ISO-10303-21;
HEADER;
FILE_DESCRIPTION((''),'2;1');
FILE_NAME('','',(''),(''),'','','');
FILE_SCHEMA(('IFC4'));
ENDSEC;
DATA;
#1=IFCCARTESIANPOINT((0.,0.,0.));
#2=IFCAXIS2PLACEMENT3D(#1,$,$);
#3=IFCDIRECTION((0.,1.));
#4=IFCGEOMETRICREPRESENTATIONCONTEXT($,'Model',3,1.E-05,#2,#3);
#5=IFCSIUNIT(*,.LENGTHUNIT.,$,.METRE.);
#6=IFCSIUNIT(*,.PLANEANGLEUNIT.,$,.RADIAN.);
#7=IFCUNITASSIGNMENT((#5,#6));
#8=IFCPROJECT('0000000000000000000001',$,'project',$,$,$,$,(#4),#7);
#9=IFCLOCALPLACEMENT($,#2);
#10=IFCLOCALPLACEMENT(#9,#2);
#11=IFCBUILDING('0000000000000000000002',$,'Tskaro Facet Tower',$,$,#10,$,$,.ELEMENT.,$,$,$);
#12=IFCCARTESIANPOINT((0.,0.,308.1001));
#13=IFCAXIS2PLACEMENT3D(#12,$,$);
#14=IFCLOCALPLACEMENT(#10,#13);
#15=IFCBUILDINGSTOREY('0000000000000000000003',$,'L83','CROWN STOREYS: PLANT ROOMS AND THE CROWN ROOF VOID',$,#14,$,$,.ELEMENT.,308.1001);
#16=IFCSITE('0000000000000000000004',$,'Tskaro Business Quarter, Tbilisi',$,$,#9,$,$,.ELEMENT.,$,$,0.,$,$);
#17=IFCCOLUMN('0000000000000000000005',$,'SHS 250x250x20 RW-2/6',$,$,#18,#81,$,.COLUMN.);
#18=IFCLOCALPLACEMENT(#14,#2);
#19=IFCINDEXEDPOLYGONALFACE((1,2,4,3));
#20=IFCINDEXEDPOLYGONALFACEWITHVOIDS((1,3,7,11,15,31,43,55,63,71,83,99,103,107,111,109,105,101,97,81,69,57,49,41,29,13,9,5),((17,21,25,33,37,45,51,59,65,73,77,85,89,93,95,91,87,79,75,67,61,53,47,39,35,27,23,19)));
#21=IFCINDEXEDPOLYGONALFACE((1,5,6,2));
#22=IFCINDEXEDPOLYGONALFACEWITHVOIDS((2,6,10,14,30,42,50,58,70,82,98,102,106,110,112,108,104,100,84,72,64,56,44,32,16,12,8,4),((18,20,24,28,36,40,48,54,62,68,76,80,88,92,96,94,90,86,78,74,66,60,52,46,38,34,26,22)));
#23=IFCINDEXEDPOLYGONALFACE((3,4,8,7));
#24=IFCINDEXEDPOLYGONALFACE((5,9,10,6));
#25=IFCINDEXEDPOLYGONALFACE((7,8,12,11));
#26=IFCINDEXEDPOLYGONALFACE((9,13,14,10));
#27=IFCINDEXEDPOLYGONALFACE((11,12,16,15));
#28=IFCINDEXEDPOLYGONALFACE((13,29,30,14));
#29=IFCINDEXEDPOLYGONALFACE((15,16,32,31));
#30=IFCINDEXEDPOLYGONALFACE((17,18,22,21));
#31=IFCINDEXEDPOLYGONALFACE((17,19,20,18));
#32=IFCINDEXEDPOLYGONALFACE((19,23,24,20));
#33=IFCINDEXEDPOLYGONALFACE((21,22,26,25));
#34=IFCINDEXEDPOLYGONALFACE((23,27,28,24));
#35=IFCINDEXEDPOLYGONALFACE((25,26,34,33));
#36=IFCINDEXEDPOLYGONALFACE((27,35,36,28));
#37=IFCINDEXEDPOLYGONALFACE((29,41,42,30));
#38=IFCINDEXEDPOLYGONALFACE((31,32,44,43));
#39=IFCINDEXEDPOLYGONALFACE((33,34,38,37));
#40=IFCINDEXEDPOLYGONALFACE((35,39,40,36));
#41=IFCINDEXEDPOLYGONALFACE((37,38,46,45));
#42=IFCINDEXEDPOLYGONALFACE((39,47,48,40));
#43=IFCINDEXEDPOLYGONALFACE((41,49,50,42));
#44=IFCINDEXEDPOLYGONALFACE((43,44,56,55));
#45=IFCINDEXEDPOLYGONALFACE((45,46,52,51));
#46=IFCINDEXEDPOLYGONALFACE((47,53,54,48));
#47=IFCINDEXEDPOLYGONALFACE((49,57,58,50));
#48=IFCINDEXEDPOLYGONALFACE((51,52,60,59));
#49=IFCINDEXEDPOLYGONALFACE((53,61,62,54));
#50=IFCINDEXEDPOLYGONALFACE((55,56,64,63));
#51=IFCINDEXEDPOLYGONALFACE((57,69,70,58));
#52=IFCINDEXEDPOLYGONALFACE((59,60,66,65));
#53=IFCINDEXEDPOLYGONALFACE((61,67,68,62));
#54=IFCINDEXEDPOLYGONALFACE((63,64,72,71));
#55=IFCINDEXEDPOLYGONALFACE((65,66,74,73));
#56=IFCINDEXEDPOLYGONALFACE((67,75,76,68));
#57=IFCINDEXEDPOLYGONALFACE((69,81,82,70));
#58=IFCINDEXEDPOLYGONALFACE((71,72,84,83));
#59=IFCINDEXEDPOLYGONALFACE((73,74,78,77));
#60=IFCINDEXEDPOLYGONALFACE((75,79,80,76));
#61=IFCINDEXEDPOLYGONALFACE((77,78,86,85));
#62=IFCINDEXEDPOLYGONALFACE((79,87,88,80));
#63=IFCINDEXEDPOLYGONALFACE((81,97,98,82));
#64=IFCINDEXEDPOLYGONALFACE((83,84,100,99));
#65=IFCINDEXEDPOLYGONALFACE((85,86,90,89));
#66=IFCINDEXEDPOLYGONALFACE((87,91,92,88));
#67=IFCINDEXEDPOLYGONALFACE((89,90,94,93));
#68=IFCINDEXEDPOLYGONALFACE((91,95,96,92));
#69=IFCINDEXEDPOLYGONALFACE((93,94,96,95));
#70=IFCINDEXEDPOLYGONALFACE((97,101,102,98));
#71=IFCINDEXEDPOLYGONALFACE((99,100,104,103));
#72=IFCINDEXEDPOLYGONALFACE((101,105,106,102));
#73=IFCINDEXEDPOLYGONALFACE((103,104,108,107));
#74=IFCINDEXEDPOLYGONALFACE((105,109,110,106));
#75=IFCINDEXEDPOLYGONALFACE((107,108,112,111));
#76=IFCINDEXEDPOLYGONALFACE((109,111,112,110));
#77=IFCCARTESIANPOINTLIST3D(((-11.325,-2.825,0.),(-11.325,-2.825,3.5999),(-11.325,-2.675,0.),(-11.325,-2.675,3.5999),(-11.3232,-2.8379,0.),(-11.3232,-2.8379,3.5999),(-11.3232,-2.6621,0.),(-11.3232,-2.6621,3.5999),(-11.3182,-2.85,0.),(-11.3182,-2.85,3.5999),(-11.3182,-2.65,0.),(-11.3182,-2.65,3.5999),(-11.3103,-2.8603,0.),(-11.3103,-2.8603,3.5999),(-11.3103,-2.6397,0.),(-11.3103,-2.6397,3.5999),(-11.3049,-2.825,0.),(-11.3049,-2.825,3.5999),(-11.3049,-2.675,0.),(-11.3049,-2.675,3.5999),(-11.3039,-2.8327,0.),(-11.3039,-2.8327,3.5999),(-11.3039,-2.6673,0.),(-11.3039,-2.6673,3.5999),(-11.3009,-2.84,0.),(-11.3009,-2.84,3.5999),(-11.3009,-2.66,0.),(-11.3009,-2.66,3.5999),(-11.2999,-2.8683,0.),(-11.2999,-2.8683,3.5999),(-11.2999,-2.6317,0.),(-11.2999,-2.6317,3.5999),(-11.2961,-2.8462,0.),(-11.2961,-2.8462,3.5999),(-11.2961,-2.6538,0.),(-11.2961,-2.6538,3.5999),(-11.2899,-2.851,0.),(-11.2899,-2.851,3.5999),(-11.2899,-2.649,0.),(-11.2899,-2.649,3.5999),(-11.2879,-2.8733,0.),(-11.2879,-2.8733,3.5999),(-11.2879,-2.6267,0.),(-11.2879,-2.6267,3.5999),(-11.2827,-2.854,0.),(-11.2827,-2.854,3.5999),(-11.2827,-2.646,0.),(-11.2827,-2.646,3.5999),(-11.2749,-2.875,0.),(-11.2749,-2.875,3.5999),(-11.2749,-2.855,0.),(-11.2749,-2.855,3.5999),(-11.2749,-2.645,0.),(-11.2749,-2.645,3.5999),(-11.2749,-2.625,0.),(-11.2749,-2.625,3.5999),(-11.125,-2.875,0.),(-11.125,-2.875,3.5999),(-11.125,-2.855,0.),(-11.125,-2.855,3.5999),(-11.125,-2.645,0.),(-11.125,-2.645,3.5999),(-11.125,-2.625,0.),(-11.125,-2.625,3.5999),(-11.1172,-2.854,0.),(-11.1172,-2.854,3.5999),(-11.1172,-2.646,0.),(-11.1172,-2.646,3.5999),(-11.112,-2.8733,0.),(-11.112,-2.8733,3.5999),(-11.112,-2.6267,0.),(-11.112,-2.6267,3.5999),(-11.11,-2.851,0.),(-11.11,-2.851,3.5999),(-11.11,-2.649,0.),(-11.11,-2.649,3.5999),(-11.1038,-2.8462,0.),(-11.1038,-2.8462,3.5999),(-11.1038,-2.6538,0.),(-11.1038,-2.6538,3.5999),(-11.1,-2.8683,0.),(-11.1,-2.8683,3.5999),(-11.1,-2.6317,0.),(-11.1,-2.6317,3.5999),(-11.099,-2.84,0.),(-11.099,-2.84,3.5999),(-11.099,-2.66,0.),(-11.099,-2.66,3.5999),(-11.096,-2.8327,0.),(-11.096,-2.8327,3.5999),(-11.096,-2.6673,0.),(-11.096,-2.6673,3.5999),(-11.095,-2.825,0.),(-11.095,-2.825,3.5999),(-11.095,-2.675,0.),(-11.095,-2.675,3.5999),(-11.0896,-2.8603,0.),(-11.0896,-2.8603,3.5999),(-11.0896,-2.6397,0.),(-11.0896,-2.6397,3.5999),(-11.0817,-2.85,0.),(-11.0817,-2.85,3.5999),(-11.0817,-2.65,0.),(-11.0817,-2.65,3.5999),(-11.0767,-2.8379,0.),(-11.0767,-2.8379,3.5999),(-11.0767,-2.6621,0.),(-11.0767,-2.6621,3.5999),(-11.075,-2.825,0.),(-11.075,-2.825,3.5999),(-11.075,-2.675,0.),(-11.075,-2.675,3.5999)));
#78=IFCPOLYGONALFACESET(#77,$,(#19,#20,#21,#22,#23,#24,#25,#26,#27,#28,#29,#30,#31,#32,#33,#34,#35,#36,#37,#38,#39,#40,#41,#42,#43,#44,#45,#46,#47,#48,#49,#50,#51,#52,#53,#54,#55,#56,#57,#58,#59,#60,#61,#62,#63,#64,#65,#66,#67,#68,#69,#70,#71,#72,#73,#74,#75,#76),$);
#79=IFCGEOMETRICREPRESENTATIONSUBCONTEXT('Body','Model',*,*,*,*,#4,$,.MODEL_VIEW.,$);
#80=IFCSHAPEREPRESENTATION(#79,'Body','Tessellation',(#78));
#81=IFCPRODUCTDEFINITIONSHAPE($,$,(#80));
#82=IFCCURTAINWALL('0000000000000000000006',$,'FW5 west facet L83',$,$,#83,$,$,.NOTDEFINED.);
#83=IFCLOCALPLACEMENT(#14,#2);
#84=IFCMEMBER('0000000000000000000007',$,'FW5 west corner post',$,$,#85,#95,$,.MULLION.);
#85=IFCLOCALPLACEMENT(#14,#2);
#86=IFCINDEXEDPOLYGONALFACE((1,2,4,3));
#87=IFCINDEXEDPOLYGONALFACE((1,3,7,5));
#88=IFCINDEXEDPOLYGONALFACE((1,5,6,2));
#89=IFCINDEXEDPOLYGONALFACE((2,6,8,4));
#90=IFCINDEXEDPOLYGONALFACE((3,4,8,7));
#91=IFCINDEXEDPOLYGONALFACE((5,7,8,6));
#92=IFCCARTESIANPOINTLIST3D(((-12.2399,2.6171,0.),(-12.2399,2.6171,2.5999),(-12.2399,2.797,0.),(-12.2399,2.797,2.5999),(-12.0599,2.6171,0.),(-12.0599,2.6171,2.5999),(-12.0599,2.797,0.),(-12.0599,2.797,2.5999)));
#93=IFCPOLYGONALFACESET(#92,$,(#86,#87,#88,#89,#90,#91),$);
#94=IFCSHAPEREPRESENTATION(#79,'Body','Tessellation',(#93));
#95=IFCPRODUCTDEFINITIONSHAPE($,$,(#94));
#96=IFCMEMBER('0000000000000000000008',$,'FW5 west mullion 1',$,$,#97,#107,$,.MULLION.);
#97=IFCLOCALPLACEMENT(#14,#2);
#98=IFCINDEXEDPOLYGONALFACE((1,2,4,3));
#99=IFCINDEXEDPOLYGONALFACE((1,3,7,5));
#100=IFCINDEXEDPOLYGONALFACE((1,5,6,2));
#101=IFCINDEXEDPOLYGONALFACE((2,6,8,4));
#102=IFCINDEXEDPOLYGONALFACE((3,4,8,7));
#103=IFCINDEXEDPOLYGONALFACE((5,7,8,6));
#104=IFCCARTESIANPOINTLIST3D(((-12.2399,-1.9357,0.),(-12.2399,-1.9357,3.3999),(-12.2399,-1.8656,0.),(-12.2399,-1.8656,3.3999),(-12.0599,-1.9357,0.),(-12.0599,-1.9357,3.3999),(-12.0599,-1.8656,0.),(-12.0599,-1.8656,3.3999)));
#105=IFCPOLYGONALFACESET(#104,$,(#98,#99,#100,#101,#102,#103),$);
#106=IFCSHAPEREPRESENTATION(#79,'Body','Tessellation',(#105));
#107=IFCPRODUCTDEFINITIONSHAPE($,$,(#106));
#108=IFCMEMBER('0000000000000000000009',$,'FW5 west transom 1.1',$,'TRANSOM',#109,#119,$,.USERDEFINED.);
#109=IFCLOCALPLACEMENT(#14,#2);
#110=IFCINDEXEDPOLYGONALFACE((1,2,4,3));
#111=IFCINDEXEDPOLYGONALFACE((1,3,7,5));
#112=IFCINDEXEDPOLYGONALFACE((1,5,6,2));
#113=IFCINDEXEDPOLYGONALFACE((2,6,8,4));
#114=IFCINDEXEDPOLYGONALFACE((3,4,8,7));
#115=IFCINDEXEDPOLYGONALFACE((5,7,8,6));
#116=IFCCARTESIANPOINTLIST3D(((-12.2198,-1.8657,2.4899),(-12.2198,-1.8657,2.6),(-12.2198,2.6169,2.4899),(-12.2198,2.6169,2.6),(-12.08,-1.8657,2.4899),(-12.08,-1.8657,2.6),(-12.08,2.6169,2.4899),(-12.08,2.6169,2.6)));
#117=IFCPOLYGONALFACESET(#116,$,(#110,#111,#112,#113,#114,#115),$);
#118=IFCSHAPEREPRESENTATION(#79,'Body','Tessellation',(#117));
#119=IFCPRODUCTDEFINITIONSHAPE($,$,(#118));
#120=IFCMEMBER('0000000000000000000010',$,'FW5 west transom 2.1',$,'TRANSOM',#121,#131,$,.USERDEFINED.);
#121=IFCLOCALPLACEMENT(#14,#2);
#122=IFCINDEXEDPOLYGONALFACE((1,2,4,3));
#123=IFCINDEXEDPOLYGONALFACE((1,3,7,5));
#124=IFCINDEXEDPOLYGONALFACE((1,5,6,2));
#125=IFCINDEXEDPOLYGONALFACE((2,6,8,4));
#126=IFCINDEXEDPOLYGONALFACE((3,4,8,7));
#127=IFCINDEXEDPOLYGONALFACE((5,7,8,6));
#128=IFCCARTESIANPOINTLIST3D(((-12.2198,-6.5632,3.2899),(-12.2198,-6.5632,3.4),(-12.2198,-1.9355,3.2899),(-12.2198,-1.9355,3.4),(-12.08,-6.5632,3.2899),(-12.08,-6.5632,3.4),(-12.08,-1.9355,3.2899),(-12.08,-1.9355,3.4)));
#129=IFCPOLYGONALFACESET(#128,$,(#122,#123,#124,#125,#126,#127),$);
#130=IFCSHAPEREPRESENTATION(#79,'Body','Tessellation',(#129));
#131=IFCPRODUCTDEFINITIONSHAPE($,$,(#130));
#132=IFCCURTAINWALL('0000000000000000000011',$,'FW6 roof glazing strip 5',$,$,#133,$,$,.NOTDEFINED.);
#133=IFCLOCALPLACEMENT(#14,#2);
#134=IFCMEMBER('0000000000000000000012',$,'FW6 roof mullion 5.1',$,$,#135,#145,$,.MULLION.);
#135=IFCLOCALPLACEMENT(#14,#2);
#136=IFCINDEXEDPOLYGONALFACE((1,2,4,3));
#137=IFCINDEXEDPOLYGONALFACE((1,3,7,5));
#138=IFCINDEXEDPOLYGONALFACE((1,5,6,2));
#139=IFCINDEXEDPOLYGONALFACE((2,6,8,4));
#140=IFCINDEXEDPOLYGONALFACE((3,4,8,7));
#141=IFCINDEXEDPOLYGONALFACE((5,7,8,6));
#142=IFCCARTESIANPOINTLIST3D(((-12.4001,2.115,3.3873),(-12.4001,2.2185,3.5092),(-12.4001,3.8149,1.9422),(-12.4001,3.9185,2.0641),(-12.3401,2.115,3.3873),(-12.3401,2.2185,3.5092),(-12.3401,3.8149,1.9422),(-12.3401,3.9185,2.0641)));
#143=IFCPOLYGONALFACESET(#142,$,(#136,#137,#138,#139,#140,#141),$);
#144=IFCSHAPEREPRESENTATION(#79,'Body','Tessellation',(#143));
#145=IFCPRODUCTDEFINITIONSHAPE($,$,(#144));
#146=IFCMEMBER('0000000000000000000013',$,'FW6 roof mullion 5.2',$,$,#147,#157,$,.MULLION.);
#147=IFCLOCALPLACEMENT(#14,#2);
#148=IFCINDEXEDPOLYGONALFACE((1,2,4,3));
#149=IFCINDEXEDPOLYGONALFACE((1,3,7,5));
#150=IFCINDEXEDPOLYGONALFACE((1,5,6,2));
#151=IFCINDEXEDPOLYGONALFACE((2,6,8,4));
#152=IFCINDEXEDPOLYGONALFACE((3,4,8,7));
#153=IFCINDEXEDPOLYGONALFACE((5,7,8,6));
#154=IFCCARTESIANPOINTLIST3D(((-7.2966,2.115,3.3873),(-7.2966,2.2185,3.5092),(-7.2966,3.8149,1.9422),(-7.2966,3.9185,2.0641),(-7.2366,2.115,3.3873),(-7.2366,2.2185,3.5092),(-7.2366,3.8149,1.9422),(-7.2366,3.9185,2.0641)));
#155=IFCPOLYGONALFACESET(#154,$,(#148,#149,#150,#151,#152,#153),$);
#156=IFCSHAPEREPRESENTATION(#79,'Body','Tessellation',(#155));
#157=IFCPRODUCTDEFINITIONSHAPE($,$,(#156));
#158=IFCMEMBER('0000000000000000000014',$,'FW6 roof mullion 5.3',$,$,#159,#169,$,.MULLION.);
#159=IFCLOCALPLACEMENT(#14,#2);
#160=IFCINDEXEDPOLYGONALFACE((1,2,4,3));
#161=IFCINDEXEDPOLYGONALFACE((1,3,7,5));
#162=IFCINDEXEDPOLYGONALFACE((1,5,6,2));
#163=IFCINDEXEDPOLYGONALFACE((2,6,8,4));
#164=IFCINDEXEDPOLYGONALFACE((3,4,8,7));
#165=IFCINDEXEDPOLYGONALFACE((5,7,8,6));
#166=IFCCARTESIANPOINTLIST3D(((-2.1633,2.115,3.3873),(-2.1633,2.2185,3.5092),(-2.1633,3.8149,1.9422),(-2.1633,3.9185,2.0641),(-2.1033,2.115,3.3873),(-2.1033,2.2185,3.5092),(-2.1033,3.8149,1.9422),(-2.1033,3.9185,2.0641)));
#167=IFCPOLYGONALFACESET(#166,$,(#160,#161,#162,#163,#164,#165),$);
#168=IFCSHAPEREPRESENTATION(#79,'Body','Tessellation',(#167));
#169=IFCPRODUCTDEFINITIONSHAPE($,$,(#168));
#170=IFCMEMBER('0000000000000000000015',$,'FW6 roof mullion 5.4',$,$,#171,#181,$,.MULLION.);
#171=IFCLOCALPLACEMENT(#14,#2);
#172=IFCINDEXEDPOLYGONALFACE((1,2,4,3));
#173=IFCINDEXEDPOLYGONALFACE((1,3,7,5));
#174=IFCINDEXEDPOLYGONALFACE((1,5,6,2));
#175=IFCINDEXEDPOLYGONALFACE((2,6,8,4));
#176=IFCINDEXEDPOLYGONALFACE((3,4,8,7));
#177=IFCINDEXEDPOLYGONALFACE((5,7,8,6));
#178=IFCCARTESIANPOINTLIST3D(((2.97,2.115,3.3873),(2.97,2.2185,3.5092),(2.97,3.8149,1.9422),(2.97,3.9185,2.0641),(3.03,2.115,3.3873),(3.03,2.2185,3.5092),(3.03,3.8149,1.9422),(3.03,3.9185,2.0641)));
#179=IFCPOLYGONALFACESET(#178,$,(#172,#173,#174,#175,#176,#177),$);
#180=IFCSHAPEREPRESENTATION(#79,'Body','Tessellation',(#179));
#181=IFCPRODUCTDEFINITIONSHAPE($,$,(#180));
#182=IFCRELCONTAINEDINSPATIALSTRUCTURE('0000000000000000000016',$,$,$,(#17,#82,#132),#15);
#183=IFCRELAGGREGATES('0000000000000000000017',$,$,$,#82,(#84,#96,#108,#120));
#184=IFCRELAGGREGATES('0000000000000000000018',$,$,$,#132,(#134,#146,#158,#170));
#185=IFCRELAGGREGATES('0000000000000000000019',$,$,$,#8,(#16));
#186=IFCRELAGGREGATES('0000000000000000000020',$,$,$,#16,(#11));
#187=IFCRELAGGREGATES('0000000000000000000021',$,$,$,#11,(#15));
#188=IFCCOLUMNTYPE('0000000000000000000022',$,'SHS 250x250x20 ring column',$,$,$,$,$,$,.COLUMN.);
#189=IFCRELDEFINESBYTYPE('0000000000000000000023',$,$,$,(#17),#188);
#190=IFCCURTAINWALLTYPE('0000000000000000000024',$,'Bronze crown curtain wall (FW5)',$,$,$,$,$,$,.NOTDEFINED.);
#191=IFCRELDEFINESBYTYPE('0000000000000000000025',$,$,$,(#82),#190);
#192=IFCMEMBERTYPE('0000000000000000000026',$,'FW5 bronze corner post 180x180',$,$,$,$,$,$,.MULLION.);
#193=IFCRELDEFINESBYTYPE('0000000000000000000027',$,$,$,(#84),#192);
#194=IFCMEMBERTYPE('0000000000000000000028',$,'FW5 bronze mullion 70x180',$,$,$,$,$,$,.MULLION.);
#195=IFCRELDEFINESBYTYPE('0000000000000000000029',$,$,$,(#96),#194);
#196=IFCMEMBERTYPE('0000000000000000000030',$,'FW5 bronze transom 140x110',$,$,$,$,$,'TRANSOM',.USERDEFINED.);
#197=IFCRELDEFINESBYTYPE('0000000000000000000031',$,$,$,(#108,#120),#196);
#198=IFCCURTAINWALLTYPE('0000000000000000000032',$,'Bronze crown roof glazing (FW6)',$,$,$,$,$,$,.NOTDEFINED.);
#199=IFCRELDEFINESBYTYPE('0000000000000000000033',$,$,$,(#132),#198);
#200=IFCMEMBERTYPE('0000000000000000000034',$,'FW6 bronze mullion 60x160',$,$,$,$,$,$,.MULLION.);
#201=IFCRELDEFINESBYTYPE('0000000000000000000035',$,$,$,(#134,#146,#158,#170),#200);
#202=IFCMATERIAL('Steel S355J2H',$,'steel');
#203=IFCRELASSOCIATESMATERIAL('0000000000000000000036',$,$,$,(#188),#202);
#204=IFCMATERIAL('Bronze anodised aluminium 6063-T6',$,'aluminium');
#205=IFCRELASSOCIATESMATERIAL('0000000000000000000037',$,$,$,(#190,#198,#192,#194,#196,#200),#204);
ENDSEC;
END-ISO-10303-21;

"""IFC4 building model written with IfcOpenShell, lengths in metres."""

from ifc_helpers import new_model, si_unit, direction, frame, origin, origin_2d, place, context, subcontext, project, spatial, rectangle, hollow_rectangle, extrude, material, material_profile, profile_set, type_object, element, aggregate, save


model = new_model("IFC4")

# Units and contexts
model_context = context("Model", 3, precision=1e-05, world=origin(), true_north=direction((0.0, 1.0)))
body_context = subcontext(model_context, "Body", "Model", "MODEL_VIEW")
ifc_project = project(units=[si_unit("LENGTHUNIT", "METRE"), si_unit("PLANEANGLEUNIT", "RADIAN")], contexts=[model_context])

# Site, building, storey
site_placement = place(None, origin())
site = spatial("IfcSite", under=ifc_project, at=site_placement, Name="Tskaro Business Quarter, Tbilisi", CompositionType="ELEMENT", RefElevation=0.0)
building_placement = place(site_placement, origin())
building = spatial("IfcBuilding", under=site, at=building_placement, Name="Tskaro Facet Tower", CompositionType="ELEMENT")
storey_placement = place(building_placement, frame((0.0, 0.0, 308.1001)))
storey = spatial("IfcBuildingStorey", under=building, at=storey_placement, Name="L83", Description="CROWN STOREYS: PLANT ROOMS AND THE CROWN ROOF VOID", CompositionType="ELEMENT", Elevation=308.1001)

# Column
ifc_material_1 = material(Name="Steel S355J2H", Category="steel")
ifc_material_profile_1 = material_profile(ifc_material_1, hollow_rectangle(XDim=0.25, YDim=0.25, WallThickness=0.02, InnerFilletRadius=0.03, OuterFilletRadius=0.05, at=origin_2d()), Name="SHS 250x250x20")
ifc_profile_set_1 = profile_set([ifc_material_profile_1], Name="Steel S355J2H")
column_type = type_object("IfcColumnType", Name="SHS 250x250x20 ring column", PredefinedType="COLUMN", material=ifc_profile_set_1)
column_placement = place(storey_placement, frame((-11.2, -2.75, 0.0), z_axis=(0.0, 0.0, 1.0), x_axis=(1.0, 0.0, 0.0)))
element("IfcColumn", 1, at=column_placement, inside=storey, type_object=column_type, Name="SHS 250x250x20 RW-2/6", PredefinedType="COLUMN", context=body_context, shape_type="SweptSolid", body=[
    extrude(hollow_rectangle(XDim=0.25, YDim=0.25, WallThickness=0.02, InnerFilletRadius=0.03, OuterFilletRadius=0.05, at=origin_2d()), origin(), (0.0, 0.0, 1.0), 3.5999),
])

# Curtain walls, members
ifc_material_2 = material(Name="Bronze anodised aluminium 6063-T6", Category="aluminium")
curtain_wall_type_1 = type_object("IfcCurtainWallType", Name="Bronze crown curtain wall (FW5)", PredefinedType="NOTDEFINED", material=ifc_material_2)
curtain_wall_1_placement = place(storey_placement, origin())
curtain_wall_1 = element("IfcCurtainWall", 2, at=curtain_wall_1_placement, inside=storey, type_object=curtain_wall_type_1, Name="FW5 west facet L83", PredefinedType="NOTDEFINED")
ifc_material_profile_2 = material_profile(ifc_material_2, rectangle(XDim=0.1799, YDim=0.1799, at=origin_2d()), Name="Corner post 180x180")
ifc_profile_set_2 = profile_set([ifc_material_profile_2], Name="Bronze anodised aluminium 6063-T6")
member_type_1 = type_object("IfcMemberType", Name="FW5 bronze corner post 180x180", PredefinedType="MULLION", material=ifc_profile_set_2)
member_1_placement = place(storey_placement, frame((-12.1499, 2.707, 0.0), z_axis=(0.0, 0.0, 1.0), x_axis=(0.0, -1.0, 0.0)))
member_1 = element("IfcMember", 3, at=member_1_placement, type_object=member_type_1, Name="FW5 west corner post", PredefinedType="MULLION", context=body_context, shape_type="SweptSolid", body=[
    extrude(rectangle(XDim=0.1799, YDim=0.1799, at=origin_2d()), origin(), (0.0, 0.0, 1.0), 2.5999),
])
ifc_material_profile_3 = material_profile(ifc_material_2, rectangle(XDim=0.0701, YDim=0.1799, at=origin_2d()), Name="Mullion 70x180")
ifc_profile_set_3 = profile_set([ifc_material_profile_3], Name="Bronze anodised aluminium 6063-T6")
member_type_2 = type_object("IfcMemberType", Name="FW5 bronze mullion 70x180", PredefinedType="MULLION", material=ifc_profile_set_3)
member_2_placement = place(storey_placement, frame((-12.1499, -1.9006, 0.0), z_axis=(0.0, 0.0, 1.0), x_axis=(0.0, -1.0, 0.0)))
member_2 = element("IfcMember", 4, at=member_2_placement, type_object=member_type_2, Name="FW5 west mullion 1", PredefinedType="MULLION", context=body_context, shape_type="SweptSolid", body=[
    extrude(rectangle(XDim=0.0701, YDim=0.1799, at=origin_2d()), origin(), (0.0, 0.0, 1.0), 3.3999),
])
ifc_material_profile_4 = material_profile(ifc_material_2, rectangle(XDim=0.1399, YDim=0.1101, at=origin_2d()), Name="Transom 140x110")
ifc_profile_set_4 = profile_set([ifc_material_profile_4], Name="Bronze anodised aluminium 6063-T6")
member_type_3 = type_object("IfcMemberType", Name="FW5 bronze transom 140x110", ElementType="TRANSOM", PredefinedType="USERDEFINED", material=ifc_profile_set_4)
member_3_placement = place(storey_placement, frame((-12.1499, 2.6169, 2.5449), z_axis=(0.0, -1.0, 0.0), x_axis=(1.0, 0.0, 0.0)))
member_3 = element("IfcMember", 5, at=member_3_placement, type_object=member_type_3, Name="FW5 west transom 1.1", ObjectType="TRANSOM", PredefinedType="USERDEFINED", context=body_context, shape_type="SweptSolid", body=[
    extrude(rectangle(XDim=0.1399, YDim=0.1101, at=origin_2d()), origin(), (0.0, 0.0, 1.0), 4.4827),
])
member_4_placement = place(storey_placement, frame((-12.1499, -1.9355, 3.345), z_axis=(0.0, -1.0, 0.0), x_axis=(1.0, 0.0, 0.0)))
member_4 = element("IfcMember", 6, at=member_4_placement, type_object=member_type_3, Name="FW5 west transom 2.1", ObjectType="TRANSOM", PredefinedType="USERDEFINED", context=body_context, shape_type="SweptSolid", body=[
    extrude(rectangle(XDim=0.1399, YDim=0.1101, at=origin_2d()), origin(), (0.0, 0.0, 1.0), 4.6277),
])
curtain_wall_type_2 = type_object("IfcCurtainWallType", Name="Bronze crown roof glazing (FW6)", PredefinedType="NOTDEFINED", material=ifc_material_2)
curtain_wall_2_placement = place(storey_placement, origin())
curtain_wall_2 = element("IfcCurtainWall", 7, at=curtain_wall_2_placement, inside=storey, type_object=curtain_wall_type_2, Name="FW6 roof glazing strip 5", PredefinedType="NOTDEFINED")
ifc_material_profile_5 = material_profile(ifc_material_2, rectangle(XDim=0.0601, YDim=0.1599, at=origin_2d()), Name="Mullion 60x160")
ifc_profile_set_5 = profile_set([ifc_material_profile_5], Name="Bronze anodised aluminium 6063-T6")
member_type_4 = type_object("IfcMemberType", Name="FW6 bronze mullion 60x160", PredefinedType="MULLION", material=ifc_profile_set_5)
member_5_placement = place(storey_placement, frame((-12.3701, 2.1667, 3.4482), z_axis=(0.0, 0.761915, -0.647677), x_axis=(-1.0, 0.0, 0.0)))
member_5 = element("IfcMember", 8, at=member_5_placement, type_object=member_type_4, Name="FW6 roof mullion 5.1", PredefinedType="MULLION", context=body_context, shape_type="SweptSolid", body=[
    extrude(rectangle(XDim=0.0601, YDim=0.1599, at=origin_2d()), origin(), (0.0, 0.0, 1.0), 2.2312),
])
member_6_placement = place(storey_placement, frame((-7.2666, 2.1667, 3.4482), z_axis=(0.0, 0.761915, -0.647677), x_axis=(-1.0, 0.0, 0.0)))
member_6 = element("IfcMember", 9, at=member_6_placement, type_object=member_type_4, Name="FW6 roof mullion 5.2", PredefinedType="MULLION", context=body_context, shape_type="SweptSolid", body=[
    extrude(rectangle(XDim=0.0601, YDim=0.1599, at=origin_2d()), origin(), (0.0, 0.0, 1.0), 2.2312),
])
member_7_placement = place(storey_placement, frame((-2.1333, 2.1667, 3.4482), z_axis=(0.0, 0.761915, -0.647677), x_axis=(-1.0, 0.0, 0.0)))
member_7 = element("IfcMember", 10, at=member_7_placement, type_object=member_type_4, Name="FW6 roof mullion 5.3", PredefinedType="MULLION", context=body_context, shape_type="SweptSolid", body=[
    extrude(rectangle(XDim=0.0601, YDim=0.1599, at=origin_2d()), origin(), (0.0, 0.0, 1.0), 2.2312),
])
member_8_placement = place(storey_placement, frame((3.0, 2.1667, 3.4482), z_axis=(0.0, 0.761915, -0.647677), x_axis=(-1.0, 0.0, 0.0)))
member_8 = element("IfcMember", 11, at=member_8_placement, type_object=member_type_4, Name="FW6 roof mullion 5.4", PredefinedType="MULLION", context=body_context, shape_type="SweptSolid", body=[
    extrude(rectangle(XDim=0.0601, YDim=0.1599, at=origin_2d()), origin(), (0.0, 0.0, 1.0), 2.2312),
])

aggregate(curtain_wall_1, [member_1, member_2, member_3, member_4])
aggregate(curtain_wall_2, [member_5, member_6, member_7, member_8])

save(model, "model.ifc")
